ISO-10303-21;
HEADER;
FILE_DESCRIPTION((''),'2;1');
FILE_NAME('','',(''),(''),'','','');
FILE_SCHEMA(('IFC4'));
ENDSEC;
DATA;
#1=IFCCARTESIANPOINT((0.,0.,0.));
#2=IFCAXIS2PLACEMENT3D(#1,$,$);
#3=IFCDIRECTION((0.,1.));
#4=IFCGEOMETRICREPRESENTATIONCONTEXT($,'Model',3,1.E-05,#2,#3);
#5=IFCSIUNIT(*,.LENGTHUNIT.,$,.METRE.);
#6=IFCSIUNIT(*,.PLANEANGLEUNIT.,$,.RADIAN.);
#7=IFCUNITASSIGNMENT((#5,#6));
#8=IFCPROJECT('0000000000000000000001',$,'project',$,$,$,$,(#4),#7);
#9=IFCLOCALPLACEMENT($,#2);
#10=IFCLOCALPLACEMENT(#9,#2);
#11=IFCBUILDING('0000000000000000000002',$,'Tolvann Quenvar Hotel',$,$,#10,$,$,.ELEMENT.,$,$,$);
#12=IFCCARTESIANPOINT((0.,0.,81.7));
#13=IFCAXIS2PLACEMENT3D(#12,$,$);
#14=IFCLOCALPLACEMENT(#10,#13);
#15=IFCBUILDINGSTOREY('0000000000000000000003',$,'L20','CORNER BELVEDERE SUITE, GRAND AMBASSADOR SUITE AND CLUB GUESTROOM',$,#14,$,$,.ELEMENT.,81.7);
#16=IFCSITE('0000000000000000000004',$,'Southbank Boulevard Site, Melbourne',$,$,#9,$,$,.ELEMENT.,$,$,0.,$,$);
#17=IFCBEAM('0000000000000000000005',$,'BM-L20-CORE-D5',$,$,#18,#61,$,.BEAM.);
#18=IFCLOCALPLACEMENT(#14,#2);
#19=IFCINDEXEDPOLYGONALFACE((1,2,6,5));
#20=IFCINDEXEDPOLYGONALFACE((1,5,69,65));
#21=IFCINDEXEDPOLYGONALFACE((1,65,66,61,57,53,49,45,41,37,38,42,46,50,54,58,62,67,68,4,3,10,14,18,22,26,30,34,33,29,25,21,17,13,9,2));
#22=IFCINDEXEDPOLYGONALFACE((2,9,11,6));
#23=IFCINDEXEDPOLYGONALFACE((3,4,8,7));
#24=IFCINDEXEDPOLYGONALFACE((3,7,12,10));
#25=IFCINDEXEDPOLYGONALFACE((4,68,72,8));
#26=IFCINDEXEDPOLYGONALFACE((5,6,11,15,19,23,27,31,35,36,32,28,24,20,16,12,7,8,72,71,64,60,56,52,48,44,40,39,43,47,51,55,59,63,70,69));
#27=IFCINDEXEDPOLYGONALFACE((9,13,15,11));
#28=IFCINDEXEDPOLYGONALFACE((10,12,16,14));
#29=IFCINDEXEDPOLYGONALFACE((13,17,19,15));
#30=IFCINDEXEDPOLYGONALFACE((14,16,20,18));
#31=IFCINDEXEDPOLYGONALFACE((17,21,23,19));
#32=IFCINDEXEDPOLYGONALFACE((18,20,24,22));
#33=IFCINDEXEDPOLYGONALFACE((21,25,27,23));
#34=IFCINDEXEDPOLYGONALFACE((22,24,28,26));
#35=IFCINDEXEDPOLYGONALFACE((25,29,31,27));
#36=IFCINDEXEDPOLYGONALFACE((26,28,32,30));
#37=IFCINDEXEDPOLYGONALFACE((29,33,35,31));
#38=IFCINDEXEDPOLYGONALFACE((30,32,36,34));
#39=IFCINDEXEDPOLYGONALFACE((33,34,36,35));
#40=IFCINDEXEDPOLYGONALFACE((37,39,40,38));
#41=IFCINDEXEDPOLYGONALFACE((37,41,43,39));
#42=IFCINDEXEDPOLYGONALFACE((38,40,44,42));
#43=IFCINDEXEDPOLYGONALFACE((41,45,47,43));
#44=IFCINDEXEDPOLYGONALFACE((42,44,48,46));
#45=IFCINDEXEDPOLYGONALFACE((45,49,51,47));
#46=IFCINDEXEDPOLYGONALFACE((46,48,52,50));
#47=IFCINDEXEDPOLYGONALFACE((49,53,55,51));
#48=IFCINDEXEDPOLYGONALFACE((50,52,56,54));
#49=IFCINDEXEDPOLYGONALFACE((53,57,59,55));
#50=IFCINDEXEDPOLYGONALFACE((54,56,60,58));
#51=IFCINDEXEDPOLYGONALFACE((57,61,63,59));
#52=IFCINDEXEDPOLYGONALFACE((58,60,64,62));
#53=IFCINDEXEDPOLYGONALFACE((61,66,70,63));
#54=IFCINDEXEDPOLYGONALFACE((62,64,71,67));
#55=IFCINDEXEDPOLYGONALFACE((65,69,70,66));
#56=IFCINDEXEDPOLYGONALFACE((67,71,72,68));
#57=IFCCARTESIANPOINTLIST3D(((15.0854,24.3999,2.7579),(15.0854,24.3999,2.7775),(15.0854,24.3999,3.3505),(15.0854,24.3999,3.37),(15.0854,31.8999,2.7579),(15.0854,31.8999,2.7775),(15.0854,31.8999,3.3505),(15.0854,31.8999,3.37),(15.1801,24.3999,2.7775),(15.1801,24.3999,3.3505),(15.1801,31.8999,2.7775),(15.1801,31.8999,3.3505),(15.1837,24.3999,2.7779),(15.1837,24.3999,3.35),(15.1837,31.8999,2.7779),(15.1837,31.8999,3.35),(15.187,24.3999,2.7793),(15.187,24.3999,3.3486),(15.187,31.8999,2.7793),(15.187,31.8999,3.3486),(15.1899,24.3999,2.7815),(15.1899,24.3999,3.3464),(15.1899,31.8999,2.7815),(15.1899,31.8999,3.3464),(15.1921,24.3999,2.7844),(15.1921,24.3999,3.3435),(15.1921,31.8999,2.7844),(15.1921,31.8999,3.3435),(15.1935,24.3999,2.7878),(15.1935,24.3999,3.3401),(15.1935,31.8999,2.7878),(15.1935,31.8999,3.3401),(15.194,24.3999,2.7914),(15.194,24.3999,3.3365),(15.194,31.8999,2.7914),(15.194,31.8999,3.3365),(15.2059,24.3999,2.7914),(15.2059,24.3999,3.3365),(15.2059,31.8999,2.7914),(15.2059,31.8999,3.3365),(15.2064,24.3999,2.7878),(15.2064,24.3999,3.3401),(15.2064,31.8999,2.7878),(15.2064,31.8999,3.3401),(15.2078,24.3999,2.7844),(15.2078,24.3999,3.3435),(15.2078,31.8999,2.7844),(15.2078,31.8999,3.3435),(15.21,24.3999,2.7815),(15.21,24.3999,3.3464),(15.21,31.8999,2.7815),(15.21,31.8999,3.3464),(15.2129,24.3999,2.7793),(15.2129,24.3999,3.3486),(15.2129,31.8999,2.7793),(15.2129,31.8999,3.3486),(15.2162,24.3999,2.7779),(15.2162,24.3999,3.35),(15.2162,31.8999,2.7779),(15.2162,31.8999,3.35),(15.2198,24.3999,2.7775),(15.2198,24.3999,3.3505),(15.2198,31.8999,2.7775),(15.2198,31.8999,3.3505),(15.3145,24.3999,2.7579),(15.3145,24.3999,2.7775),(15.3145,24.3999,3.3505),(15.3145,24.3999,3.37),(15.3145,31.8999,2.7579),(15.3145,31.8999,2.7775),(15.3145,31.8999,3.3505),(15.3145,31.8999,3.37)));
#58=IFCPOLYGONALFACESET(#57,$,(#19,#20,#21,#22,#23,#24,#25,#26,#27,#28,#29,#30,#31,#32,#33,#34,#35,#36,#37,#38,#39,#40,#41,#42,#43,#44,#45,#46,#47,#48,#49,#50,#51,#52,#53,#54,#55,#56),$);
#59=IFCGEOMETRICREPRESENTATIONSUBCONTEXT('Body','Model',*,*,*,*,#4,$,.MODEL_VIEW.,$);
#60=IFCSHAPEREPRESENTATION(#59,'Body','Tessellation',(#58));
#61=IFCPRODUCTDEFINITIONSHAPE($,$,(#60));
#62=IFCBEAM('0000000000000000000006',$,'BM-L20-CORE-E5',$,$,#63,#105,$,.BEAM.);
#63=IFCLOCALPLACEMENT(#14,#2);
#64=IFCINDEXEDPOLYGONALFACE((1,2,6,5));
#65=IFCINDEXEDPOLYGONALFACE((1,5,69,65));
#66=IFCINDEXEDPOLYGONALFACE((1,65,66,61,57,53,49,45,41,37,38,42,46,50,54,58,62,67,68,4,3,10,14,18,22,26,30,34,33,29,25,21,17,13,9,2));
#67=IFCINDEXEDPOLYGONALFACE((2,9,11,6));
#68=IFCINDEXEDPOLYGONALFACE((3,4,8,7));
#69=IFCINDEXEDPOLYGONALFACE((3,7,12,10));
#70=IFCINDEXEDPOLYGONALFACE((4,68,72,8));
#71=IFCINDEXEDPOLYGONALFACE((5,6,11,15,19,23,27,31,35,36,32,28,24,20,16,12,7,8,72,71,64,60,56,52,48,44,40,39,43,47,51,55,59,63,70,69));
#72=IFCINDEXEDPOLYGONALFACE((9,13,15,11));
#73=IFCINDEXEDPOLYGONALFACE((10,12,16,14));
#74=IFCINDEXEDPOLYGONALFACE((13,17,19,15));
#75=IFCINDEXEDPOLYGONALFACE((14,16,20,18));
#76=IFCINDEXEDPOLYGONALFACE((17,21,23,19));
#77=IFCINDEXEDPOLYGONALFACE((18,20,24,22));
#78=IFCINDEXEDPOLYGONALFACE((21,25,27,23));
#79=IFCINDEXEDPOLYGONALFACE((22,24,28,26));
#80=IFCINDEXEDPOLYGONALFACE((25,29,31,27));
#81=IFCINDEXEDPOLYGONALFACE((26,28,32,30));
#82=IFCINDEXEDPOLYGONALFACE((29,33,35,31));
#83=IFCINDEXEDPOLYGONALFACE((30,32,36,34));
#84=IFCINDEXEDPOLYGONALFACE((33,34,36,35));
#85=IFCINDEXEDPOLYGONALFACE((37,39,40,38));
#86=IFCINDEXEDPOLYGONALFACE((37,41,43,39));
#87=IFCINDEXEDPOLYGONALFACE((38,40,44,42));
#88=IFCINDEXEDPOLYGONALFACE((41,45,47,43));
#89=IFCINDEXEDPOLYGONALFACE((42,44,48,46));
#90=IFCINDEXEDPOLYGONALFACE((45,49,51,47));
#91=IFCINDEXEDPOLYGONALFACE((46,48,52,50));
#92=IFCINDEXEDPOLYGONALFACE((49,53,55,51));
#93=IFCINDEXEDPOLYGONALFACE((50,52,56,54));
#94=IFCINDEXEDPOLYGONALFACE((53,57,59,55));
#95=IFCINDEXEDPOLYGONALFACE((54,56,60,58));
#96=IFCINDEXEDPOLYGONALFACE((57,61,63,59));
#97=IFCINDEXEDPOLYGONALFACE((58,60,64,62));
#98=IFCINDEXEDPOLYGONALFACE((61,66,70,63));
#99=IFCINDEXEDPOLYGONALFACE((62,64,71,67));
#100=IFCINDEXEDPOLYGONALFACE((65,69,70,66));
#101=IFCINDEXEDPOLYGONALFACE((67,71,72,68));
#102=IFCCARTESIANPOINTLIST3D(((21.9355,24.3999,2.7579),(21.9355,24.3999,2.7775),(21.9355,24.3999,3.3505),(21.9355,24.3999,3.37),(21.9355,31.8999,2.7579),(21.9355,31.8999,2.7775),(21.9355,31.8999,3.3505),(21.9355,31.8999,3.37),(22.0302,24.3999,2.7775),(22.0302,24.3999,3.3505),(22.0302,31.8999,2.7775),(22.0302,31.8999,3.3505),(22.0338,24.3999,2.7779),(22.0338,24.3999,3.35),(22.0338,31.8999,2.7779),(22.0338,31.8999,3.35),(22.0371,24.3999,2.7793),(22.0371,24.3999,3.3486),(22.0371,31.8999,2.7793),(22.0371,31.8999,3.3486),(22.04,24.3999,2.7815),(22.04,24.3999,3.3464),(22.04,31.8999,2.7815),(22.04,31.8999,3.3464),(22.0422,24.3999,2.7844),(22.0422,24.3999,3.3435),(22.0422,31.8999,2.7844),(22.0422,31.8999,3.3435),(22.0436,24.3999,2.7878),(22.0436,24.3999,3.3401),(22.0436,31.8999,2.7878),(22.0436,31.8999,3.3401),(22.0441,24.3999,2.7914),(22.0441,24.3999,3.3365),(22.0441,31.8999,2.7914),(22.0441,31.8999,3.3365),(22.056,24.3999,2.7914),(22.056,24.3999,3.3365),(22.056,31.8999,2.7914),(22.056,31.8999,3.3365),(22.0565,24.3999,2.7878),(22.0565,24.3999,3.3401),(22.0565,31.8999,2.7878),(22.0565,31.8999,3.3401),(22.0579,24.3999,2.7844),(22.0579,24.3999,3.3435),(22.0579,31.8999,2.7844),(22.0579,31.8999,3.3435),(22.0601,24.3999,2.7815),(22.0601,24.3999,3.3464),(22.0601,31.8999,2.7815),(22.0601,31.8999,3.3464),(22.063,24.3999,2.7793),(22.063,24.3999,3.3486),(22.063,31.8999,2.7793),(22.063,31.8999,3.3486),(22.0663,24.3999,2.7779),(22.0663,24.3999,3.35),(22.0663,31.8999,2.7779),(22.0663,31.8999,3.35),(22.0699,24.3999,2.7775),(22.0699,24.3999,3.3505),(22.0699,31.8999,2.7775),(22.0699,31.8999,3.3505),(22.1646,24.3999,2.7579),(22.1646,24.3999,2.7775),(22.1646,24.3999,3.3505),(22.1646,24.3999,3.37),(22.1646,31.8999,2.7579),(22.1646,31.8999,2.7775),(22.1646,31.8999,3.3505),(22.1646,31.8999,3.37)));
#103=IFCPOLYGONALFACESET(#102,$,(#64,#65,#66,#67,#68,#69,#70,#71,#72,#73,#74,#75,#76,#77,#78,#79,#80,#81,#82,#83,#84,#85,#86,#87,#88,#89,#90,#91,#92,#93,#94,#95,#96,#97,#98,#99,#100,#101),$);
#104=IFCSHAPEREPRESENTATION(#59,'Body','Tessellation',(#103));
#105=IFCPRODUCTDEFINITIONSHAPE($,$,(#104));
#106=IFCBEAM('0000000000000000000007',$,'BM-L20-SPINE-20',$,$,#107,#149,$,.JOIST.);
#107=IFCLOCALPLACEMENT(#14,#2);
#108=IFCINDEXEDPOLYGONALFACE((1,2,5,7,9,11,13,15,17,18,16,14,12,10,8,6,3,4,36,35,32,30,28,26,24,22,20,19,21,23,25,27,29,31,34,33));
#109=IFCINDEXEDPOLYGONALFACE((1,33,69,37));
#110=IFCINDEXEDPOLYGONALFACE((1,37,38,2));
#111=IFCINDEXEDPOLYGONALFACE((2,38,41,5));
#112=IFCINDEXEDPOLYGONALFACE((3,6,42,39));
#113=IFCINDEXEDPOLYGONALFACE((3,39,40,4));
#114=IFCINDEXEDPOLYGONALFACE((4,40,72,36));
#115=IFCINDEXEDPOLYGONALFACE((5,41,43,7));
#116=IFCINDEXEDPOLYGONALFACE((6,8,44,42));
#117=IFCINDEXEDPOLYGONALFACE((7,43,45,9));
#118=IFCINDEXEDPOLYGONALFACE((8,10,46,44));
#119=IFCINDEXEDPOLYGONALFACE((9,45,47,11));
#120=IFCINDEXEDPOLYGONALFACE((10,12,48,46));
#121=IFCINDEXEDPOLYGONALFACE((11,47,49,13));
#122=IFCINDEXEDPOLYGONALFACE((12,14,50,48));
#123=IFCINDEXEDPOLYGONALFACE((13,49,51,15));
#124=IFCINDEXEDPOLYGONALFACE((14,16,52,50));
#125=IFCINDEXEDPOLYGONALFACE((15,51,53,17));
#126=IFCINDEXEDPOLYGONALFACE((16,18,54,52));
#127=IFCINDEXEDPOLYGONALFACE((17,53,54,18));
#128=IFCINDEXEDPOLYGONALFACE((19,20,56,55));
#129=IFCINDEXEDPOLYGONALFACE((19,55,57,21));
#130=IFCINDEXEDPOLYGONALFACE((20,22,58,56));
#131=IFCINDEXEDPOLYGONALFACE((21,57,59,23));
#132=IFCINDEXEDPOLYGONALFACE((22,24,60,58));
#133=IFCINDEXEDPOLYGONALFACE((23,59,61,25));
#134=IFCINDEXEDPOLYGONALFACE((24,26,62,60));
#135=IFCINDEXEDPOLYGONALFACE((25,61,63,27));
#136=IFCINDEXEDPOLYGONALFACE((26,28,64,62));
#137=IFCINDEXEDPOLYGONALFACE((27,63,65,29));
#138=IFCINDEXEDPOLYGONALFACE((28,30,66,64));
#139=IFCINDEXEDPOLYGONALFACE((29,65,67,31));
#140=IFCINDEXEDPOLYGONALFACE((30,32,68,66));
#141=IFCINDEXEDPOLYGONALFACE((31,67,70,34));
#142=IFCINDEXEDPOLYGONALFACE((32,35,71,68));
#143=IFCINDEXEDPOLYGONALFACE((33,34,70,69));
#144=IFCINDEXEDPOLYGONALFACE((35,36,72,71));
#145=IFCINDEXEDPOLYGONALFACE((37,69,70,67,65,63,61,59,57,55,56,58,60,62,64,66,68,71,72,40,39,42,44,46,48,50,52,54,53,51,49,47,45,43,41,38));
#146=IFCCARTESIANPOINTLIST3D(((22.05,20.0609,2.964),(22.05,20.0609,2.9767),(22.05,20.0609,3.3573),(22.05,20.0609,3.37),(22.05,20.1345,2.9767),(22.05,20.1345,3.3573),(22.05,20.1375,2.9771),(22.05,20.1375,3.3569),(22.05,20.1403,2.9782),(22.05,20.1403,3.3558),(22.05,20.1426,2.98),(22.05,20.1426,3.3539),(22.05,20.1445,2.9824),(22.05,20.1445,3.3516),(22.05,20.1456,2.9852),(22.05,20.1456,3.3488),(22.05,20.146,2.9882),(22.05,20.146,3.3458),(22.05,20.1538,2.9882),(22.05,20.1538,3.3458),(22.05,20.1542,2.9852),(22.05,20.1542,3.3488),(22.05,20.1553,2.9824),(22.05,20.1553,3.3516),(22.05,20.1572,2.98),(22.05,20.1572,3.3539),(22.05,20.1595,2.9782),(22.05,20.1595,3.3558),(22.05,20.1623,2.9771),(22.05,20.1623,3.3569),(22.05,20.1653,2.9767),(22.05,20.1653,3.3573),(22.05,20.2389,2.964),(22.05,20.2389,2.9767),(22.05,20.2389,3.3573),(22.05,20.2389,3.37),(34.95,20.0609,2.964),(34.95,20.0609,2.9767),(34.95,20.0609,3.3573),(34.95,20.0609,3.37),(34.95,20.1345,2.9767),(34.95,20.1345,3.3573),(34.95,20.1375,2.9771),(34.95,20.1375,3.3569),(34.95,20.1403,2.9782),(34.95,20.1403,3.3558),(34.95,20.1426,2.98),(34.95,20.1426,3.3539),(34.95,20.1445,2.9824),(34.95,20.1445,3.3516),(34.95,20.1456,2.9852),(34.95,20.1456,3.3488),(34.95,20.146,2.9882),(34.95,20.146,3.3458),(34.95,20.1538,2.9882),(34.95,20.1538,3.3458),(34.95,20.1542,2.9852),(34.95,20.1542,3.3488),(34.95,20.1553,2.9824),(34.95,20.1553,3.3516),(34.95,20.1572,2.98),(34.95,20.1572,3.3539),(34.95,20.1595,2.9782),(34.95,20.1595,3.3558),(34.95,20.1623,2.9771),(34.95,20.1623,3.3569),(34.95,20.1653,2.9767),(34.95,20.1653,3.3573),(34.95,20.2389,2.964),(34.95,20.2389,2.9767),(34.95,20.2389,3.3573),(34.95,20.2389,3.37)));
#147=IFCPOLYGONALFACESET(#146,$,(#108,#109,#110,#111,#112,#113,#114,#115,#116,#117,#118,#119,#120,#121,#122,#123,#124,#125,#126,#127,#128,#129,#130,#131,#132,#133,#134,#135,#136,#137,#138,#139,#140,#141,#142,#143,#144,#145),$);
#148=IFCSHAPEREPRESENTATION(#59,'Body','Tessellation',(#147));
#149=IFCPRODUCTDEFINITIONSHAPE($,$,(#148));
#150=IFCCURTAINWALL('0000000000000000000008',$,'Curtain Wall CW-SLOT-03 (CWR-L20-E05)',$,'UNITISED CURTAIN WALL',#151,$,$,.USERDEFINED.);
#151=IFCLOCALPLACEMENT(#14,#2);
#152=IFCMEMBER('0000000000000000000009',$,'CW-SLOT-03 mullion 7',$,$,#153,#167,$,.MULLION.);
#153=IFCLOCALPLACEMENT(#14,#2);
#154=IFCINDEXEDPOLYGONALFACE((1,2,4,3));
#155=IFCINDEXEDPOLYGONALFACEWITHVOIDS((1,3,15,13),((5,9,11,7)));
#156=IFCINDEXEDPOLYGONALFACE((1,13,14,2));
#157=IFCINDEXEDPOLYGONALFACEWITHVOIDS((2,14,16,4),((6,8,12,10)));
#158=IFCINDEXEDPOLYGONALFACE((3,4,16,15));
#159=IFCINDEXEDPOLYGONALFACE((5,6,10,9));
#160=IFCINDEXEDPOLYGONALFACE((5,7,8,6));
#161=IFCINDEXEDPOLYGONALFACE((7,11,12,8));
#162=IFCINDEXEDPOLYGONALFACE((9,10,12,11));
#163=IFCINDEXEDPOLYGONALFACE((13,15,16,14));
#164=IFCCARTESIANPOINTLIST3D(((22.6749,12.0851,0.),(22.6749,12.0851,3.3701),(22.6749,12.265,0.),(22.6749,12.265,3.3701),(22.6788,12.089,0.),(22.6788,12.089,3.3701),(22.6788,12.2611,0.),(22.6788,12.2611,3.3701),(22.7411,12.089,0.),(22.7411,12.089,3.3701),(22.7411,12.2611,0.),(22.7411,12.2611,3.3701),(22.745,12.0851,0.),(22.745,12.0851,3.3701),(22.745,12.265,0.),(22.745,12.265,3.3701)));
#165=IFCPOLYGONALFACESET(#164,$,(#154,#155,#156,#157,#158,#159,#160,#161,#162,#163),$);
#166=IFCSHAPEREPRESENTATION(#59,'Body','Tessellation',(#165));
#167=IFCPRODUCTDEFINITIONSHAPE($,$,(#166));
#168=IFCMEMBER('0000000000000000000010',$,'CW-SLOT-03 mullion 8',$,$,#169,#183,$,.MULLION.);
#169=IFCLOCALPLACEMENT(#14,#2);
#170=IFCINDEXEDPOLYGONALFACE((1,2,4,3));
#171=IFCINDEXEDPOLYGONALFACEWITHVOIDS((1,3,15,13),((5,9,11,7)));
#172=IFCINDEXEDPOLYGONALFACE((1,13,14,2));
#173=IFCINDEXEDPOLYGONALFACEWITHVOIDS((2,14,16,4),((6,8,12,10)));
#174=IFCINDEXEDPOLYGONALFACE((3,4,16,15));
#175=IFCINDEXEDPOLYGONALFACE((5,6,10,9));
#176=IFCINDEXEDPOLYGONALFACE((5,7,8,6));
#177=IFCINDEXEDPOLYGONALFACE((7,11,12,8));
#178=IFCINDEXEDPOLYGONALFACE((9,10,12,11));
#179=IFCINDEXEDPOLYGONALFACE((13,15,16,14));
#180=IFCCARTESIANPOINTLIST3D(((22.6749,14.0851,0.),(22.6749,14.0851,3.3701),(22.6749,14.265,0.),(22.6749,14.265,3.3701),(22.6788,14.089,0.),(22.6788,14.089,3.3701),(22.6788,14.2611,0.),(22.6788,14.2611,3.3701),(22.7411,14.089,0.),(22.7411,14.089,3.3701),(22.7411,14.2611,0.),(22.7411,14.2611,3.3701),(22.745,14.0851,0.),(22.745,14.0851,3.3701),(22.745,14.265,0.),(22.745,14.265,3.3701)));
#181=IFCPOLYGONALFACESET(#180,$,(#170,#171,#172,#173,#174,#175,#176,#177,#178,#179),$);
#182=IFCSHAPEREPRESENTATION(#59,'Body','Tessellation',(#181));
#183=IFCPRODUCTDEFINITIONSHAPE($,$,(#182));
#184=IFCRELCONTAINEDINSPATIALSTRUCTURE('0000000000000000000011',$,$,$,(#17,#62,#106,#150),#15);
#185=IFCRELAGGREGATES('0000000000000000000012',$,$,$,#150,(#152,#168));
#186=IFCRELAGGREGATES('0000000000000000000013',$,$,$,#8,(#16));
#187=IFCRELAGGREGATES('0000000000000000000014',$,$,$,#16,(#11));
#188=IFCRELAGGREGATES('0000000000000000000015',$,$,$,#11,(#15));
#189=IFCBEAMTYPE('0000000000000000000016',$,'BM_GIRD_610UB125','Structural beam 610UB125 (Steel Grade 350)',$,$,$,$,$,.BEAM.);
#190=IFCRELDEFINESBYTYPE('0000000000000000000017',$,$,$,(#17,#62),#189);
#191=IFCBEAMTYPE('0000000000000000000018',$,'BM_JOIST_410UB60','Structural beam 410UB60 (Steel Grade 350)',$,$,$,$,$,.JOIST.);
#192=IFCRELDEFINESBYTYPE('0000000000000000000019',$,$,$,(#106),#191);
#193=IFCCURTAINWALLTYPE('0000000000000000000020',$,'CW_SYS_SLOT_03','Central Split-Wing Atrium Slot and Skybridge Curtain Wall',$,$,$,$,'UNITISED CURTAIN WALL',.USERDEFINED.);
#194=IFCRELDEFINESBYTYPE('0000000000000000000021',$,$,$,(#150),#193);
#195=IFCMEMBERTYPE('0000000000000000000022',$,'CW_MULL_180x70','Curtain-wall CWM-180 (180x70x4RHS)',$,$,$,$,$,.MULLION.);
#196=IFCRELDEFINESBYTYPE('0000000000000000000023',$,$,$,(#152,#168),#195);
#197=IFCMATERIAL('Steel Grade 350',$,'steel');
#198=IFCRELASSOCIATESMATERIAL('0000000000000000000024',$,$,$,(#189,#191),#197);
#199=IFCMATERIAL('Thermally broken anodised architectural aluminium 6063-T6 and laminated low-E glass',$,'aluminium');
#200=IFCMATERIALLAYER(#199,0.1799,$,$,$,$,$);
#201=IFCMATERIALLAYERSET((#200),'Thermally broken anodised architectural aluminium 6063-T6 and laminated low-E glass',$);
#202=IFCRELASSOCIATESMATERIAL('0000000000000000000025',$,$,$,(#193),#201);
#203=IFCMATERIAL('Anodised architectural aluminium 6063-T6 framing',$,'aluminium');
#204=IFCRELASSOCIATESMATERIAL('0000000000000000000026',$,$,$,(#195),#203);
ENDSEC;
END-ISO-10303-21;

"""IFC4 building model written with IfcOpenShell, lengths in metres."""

from ifc_helpers import new_model, si_unit, direction, frame, origin, origin_2d, place, context, subcontext, project, spatial, hollow_rectangle, i_section, extrude, source, transform, mapped, material, layer, layer_set, material_profile, profile_set, type_object, type_shapes, element, aggregate, save


model = new_model("IFC4")

# Units and contexts
model_context = context("Model", 3, precision=1e-05, world=origin(), true_north=direction((0.0, 1.0)))
body_context = subcontext(model_context, "Body", "Model", "MODEL_VIEW")
ifc_project = project(units=[si_unit("LENGTHUNIT", "METRE"), si_unit("PLANEANGLEUNIT", "RADIAN")], contexts=[model_context])

# Site, building, storey
site_placement = place(None, origin())
site = spatial("IfcSite", under=ifc_project, at=site_placement, Name="Southbank Boulevard Site, Melbourne", CompositionType="ELEMENT", RefElevation=0.0)
building_placement = place(site_placement, origin())
building = spatial("IfcBuilding", under=site, at=building_placement, Name="Tolvann Quenvar Hotel", CompositionType="ELEMENT")
storey_placement = place(building_placement, frame((0.0, 0.0, 81.7)))
storey = spatial("IfcBuildingStorey", under=building, at=storey_placement, Name="L20", Description="CORNER BELVEDERE SUITE, GRAND AMBASSADOR SUITE AND CLUB GUESTROOM", CompositionType="ELEMENT", Elevation=81.7)

# Shared definitions
ifc_material_1 = material(Name="Steel Grade 350", Category="steel")

# Beams
ifc_material_profile_1 = material_profile(ifc_material_1, i_section(OverallWidth=0.229, OverallDepth=0.6121, WebThickness=0.012, FlangeThickness=0.0195, FilletRadius=0.0139, at=origin_2d()), Name="610UB125")
ifc_profile_set_1 = profile_set([ifc_material_profile_1], Name="Steel Grade 350")
beam_type_1 = type_object("IfcBeamType", Name="BM_GIRD_610UB125", Description="Structural beam 610UB125 (Steel Grade 350)", PredefinedType="BEAM", material=ifc_profile_set_1)
shared_shape_1 = source(origin(), body_context, "Body", "SweptSolid", [
    extrude(i_section(OverallWidth=0.229, OverallDepth=0.6121, WebThickness=0.012, FlangeThickness=0.0195, FilletRadius=0.0139, at=origin_2d()), origin(), (0.0, 0.0, 1.0), 7.5),
])
for number, where, z_axis, x_axis, name in (
    (1, (15.2, 24.3999, 3.064), (0.0, 1.0, 0.0), (-1.0, 0.0, 0.0), "BM-L20-CORE-D5"),
    (2, (22.05, 24.3999, 3.064), (0.0, 1.0, 0.0), (-1.0, 0.0, 0.0), "BM-L20-CORE-E5"),
):
    element("IfcBeam", number, at=place(storey_placement, frame(where, z_axis=z_axis, x_axis=x_axis)), inside=storey, type_object=beam_type_1, Name=name, PredefinedType="BEAM", context=body_context, shape_type="MappedRepresentation", body=[
        mapped(shared_shape_1, transform((0.0, 0.0, 0.0), x_axis=(1.0, 0.0, 0.0), y_axis=(0.0, 1.0, 0.0), z_axis=(0.0, 0.0, 1.0), scale=1.0)),
    ])
ifc_material_profile_2 = material_profile(ifc_material_1, i_section(OverallWidth=0.178, OverallDepth=0.406, WebThickness=0.0078, FlangeThickness=0.0127, FilletRadius=0.0115, at=origin_2d()), Name="410UB60")
ifc_profile_set_2 = profile_set([ifc_material_profile_2], Name="Steel Grade 350")
beam_type_2 = type_object("IfcBeamType", Name="BM_JOIST_410UB60", Description="Structural beam 410UB60 (Steel Grade 350)", PredefinedType="JOIST", material=ifc_profile_set_2)
shared_shape_2 = source(origin(), body_context, "Body", "SweptSolid", [
    extrude(i_section(OverallWidth=0.178, OverallDepth=0.406, WebThickness=0.0078, FlangeThickness=0.0127, FilletRadius=0.0115, at=origin_2d()), origin(), (0.0, 0.0, 1.0), 12.8999),
])
type_shapes(beam_type_2, [shared_shape_2])
beam_1_placement = place(storey_placement, frame((22.05, 20.1499, 3.167), z_axis=(1.0, 0.0, 0.0), x_axis=(0.0, 1.0, 0.0)))
element("IfcBeam", 3, at=beam_1_placement, inside=storey, type_object=beam_type_2, Name="BM-L20-SPINE-20", PredefinedType="JOIST", context=body_context, shape_type="MappedRepresentation", body=[
    mapped(shared_shape_2, transform((0.0, 0.0, 0.0), x_axis=(1.0, 0.0, 0.0), y_axis=(0.0, 1.0, 0.0), z_axis=(0.0, 0.0, 1.0), scale=1.0)),
])

# Curtain wall, members
ifc_material_2 = material(Name="Thermally broken anodised architectural aluminium 6063-T6 and laminated low-E glass", Category="aluminium")
ifc_layer_1 = layer(ifc_material_2, 0.1799)
ifc_layer_set_1 = layer_set([ifc_layer_1], Name="Thermally broken anodised architectural aluminium 6063-T6 and laminated low-E glass")
curtain_wall_type = type_object("IfcCurtainWallType", Name="CW_SYS_SLOT_03", Description="Central Split-Wing Atrium Slot and Skybridge Curtain Wall", ElementType="UNITISED CURTAIN WALL", PredefinedType="USERDEFINED", material=ifc_layer_set_1)
curtain_wall_placement = place(storey_placement, origin())
curtain_wall = element("IfcCurtainWall", 4, at=curtain_wall_placement, inside=storey, type_object=curtain_wall_type, Name="Curtain Wall CW-SLOT-03 (CWR-L20-E05)", ObjectType="UNITISED CURTAIN WALL", PredefinedType="USERDEFINED")
ifc_material_3 = material(Name="Anodised architectural aluminium 6063-T6 framing", Category="aluminium")
ifc_material_profile_3 = material_profile(ifc_material_3, hollow_rectangle(XDim=0.0701, YDim=0.1799, WallThickness=0.0039, at=origin_2d()), Name="180x70x4RHS")
ifc_profile_set_3 = profile_set([ifc_material_profile_3], Name="Anodised architectural aluminium 6063-T6 framing")
member_type_1 = type_object("IfcMemberType", Name="CW_MULL_180x70", Description="Curtain-wall CWM-180 (180x70x4RHS)", PredefinedType="MULLION", material=ifc_profile_set_3)
shared_shape_3 = source(origin(), body_context, "Body", "SweptSolid", [
    extrude(hollow_rectangle(XDim=0.0701, YDim=0.1799, WallThickness=0.0039, at=origin_2d()), origin(), (0.0, 0.0, 1.0), 3.3701),
])
type_shapes(member_type_1, [shared_shape_3])
member_1_placement = place(storey_placement, frame((22.71, 12.175, 0.0), z_axis=(0.0, 0.0, 1.0), x_axis=(-1.0, 0.0, 0.0)))
member_1 = element("IfcMember", 5, at=member_1_placement, type_object=member_type_1, Name="CW-SLOT-03 mullion 7", PredefinedType="MULLION", context=body_context, shape_type="MappedRepresentation", body=[
    mapped(shared_shape_3, transform((0.0, 0.0, 0.0), x_axis=(1.0, 0.0, 0.0), y_axis=(0.0, 1.0, 0.0), z_axis=(0.0, 0.0, 1.0), scale=1.0)),
])
member_2_placement = place(storey_placement, frame((22.71, 14.175, 0.0), z_axis=(0.0, 0.0, 1.0), x_axis=(-1.0, 0.0, 0.0)))
member_2 = element("IfcMember", 6, at=member_2_placement, type_object=member_type_1, Name="CW-SLOT-03 mullion 8", PredefinedType="MULLION", context=body_context, shape_type="MappedRepresentation", body=[
    mapped(shared_shape_3, transform((0.0, 0.0, 0.0), x_axis=(1.0, 0.0, 0.0), y_axis=(0.0, 1.0, 0.0), z_axis=(0.0, 0.0, 1.0), scale=1.0)),
])
aggregate(curtain_wall, [member_1, member_2])

save(model, "model.ifc")
